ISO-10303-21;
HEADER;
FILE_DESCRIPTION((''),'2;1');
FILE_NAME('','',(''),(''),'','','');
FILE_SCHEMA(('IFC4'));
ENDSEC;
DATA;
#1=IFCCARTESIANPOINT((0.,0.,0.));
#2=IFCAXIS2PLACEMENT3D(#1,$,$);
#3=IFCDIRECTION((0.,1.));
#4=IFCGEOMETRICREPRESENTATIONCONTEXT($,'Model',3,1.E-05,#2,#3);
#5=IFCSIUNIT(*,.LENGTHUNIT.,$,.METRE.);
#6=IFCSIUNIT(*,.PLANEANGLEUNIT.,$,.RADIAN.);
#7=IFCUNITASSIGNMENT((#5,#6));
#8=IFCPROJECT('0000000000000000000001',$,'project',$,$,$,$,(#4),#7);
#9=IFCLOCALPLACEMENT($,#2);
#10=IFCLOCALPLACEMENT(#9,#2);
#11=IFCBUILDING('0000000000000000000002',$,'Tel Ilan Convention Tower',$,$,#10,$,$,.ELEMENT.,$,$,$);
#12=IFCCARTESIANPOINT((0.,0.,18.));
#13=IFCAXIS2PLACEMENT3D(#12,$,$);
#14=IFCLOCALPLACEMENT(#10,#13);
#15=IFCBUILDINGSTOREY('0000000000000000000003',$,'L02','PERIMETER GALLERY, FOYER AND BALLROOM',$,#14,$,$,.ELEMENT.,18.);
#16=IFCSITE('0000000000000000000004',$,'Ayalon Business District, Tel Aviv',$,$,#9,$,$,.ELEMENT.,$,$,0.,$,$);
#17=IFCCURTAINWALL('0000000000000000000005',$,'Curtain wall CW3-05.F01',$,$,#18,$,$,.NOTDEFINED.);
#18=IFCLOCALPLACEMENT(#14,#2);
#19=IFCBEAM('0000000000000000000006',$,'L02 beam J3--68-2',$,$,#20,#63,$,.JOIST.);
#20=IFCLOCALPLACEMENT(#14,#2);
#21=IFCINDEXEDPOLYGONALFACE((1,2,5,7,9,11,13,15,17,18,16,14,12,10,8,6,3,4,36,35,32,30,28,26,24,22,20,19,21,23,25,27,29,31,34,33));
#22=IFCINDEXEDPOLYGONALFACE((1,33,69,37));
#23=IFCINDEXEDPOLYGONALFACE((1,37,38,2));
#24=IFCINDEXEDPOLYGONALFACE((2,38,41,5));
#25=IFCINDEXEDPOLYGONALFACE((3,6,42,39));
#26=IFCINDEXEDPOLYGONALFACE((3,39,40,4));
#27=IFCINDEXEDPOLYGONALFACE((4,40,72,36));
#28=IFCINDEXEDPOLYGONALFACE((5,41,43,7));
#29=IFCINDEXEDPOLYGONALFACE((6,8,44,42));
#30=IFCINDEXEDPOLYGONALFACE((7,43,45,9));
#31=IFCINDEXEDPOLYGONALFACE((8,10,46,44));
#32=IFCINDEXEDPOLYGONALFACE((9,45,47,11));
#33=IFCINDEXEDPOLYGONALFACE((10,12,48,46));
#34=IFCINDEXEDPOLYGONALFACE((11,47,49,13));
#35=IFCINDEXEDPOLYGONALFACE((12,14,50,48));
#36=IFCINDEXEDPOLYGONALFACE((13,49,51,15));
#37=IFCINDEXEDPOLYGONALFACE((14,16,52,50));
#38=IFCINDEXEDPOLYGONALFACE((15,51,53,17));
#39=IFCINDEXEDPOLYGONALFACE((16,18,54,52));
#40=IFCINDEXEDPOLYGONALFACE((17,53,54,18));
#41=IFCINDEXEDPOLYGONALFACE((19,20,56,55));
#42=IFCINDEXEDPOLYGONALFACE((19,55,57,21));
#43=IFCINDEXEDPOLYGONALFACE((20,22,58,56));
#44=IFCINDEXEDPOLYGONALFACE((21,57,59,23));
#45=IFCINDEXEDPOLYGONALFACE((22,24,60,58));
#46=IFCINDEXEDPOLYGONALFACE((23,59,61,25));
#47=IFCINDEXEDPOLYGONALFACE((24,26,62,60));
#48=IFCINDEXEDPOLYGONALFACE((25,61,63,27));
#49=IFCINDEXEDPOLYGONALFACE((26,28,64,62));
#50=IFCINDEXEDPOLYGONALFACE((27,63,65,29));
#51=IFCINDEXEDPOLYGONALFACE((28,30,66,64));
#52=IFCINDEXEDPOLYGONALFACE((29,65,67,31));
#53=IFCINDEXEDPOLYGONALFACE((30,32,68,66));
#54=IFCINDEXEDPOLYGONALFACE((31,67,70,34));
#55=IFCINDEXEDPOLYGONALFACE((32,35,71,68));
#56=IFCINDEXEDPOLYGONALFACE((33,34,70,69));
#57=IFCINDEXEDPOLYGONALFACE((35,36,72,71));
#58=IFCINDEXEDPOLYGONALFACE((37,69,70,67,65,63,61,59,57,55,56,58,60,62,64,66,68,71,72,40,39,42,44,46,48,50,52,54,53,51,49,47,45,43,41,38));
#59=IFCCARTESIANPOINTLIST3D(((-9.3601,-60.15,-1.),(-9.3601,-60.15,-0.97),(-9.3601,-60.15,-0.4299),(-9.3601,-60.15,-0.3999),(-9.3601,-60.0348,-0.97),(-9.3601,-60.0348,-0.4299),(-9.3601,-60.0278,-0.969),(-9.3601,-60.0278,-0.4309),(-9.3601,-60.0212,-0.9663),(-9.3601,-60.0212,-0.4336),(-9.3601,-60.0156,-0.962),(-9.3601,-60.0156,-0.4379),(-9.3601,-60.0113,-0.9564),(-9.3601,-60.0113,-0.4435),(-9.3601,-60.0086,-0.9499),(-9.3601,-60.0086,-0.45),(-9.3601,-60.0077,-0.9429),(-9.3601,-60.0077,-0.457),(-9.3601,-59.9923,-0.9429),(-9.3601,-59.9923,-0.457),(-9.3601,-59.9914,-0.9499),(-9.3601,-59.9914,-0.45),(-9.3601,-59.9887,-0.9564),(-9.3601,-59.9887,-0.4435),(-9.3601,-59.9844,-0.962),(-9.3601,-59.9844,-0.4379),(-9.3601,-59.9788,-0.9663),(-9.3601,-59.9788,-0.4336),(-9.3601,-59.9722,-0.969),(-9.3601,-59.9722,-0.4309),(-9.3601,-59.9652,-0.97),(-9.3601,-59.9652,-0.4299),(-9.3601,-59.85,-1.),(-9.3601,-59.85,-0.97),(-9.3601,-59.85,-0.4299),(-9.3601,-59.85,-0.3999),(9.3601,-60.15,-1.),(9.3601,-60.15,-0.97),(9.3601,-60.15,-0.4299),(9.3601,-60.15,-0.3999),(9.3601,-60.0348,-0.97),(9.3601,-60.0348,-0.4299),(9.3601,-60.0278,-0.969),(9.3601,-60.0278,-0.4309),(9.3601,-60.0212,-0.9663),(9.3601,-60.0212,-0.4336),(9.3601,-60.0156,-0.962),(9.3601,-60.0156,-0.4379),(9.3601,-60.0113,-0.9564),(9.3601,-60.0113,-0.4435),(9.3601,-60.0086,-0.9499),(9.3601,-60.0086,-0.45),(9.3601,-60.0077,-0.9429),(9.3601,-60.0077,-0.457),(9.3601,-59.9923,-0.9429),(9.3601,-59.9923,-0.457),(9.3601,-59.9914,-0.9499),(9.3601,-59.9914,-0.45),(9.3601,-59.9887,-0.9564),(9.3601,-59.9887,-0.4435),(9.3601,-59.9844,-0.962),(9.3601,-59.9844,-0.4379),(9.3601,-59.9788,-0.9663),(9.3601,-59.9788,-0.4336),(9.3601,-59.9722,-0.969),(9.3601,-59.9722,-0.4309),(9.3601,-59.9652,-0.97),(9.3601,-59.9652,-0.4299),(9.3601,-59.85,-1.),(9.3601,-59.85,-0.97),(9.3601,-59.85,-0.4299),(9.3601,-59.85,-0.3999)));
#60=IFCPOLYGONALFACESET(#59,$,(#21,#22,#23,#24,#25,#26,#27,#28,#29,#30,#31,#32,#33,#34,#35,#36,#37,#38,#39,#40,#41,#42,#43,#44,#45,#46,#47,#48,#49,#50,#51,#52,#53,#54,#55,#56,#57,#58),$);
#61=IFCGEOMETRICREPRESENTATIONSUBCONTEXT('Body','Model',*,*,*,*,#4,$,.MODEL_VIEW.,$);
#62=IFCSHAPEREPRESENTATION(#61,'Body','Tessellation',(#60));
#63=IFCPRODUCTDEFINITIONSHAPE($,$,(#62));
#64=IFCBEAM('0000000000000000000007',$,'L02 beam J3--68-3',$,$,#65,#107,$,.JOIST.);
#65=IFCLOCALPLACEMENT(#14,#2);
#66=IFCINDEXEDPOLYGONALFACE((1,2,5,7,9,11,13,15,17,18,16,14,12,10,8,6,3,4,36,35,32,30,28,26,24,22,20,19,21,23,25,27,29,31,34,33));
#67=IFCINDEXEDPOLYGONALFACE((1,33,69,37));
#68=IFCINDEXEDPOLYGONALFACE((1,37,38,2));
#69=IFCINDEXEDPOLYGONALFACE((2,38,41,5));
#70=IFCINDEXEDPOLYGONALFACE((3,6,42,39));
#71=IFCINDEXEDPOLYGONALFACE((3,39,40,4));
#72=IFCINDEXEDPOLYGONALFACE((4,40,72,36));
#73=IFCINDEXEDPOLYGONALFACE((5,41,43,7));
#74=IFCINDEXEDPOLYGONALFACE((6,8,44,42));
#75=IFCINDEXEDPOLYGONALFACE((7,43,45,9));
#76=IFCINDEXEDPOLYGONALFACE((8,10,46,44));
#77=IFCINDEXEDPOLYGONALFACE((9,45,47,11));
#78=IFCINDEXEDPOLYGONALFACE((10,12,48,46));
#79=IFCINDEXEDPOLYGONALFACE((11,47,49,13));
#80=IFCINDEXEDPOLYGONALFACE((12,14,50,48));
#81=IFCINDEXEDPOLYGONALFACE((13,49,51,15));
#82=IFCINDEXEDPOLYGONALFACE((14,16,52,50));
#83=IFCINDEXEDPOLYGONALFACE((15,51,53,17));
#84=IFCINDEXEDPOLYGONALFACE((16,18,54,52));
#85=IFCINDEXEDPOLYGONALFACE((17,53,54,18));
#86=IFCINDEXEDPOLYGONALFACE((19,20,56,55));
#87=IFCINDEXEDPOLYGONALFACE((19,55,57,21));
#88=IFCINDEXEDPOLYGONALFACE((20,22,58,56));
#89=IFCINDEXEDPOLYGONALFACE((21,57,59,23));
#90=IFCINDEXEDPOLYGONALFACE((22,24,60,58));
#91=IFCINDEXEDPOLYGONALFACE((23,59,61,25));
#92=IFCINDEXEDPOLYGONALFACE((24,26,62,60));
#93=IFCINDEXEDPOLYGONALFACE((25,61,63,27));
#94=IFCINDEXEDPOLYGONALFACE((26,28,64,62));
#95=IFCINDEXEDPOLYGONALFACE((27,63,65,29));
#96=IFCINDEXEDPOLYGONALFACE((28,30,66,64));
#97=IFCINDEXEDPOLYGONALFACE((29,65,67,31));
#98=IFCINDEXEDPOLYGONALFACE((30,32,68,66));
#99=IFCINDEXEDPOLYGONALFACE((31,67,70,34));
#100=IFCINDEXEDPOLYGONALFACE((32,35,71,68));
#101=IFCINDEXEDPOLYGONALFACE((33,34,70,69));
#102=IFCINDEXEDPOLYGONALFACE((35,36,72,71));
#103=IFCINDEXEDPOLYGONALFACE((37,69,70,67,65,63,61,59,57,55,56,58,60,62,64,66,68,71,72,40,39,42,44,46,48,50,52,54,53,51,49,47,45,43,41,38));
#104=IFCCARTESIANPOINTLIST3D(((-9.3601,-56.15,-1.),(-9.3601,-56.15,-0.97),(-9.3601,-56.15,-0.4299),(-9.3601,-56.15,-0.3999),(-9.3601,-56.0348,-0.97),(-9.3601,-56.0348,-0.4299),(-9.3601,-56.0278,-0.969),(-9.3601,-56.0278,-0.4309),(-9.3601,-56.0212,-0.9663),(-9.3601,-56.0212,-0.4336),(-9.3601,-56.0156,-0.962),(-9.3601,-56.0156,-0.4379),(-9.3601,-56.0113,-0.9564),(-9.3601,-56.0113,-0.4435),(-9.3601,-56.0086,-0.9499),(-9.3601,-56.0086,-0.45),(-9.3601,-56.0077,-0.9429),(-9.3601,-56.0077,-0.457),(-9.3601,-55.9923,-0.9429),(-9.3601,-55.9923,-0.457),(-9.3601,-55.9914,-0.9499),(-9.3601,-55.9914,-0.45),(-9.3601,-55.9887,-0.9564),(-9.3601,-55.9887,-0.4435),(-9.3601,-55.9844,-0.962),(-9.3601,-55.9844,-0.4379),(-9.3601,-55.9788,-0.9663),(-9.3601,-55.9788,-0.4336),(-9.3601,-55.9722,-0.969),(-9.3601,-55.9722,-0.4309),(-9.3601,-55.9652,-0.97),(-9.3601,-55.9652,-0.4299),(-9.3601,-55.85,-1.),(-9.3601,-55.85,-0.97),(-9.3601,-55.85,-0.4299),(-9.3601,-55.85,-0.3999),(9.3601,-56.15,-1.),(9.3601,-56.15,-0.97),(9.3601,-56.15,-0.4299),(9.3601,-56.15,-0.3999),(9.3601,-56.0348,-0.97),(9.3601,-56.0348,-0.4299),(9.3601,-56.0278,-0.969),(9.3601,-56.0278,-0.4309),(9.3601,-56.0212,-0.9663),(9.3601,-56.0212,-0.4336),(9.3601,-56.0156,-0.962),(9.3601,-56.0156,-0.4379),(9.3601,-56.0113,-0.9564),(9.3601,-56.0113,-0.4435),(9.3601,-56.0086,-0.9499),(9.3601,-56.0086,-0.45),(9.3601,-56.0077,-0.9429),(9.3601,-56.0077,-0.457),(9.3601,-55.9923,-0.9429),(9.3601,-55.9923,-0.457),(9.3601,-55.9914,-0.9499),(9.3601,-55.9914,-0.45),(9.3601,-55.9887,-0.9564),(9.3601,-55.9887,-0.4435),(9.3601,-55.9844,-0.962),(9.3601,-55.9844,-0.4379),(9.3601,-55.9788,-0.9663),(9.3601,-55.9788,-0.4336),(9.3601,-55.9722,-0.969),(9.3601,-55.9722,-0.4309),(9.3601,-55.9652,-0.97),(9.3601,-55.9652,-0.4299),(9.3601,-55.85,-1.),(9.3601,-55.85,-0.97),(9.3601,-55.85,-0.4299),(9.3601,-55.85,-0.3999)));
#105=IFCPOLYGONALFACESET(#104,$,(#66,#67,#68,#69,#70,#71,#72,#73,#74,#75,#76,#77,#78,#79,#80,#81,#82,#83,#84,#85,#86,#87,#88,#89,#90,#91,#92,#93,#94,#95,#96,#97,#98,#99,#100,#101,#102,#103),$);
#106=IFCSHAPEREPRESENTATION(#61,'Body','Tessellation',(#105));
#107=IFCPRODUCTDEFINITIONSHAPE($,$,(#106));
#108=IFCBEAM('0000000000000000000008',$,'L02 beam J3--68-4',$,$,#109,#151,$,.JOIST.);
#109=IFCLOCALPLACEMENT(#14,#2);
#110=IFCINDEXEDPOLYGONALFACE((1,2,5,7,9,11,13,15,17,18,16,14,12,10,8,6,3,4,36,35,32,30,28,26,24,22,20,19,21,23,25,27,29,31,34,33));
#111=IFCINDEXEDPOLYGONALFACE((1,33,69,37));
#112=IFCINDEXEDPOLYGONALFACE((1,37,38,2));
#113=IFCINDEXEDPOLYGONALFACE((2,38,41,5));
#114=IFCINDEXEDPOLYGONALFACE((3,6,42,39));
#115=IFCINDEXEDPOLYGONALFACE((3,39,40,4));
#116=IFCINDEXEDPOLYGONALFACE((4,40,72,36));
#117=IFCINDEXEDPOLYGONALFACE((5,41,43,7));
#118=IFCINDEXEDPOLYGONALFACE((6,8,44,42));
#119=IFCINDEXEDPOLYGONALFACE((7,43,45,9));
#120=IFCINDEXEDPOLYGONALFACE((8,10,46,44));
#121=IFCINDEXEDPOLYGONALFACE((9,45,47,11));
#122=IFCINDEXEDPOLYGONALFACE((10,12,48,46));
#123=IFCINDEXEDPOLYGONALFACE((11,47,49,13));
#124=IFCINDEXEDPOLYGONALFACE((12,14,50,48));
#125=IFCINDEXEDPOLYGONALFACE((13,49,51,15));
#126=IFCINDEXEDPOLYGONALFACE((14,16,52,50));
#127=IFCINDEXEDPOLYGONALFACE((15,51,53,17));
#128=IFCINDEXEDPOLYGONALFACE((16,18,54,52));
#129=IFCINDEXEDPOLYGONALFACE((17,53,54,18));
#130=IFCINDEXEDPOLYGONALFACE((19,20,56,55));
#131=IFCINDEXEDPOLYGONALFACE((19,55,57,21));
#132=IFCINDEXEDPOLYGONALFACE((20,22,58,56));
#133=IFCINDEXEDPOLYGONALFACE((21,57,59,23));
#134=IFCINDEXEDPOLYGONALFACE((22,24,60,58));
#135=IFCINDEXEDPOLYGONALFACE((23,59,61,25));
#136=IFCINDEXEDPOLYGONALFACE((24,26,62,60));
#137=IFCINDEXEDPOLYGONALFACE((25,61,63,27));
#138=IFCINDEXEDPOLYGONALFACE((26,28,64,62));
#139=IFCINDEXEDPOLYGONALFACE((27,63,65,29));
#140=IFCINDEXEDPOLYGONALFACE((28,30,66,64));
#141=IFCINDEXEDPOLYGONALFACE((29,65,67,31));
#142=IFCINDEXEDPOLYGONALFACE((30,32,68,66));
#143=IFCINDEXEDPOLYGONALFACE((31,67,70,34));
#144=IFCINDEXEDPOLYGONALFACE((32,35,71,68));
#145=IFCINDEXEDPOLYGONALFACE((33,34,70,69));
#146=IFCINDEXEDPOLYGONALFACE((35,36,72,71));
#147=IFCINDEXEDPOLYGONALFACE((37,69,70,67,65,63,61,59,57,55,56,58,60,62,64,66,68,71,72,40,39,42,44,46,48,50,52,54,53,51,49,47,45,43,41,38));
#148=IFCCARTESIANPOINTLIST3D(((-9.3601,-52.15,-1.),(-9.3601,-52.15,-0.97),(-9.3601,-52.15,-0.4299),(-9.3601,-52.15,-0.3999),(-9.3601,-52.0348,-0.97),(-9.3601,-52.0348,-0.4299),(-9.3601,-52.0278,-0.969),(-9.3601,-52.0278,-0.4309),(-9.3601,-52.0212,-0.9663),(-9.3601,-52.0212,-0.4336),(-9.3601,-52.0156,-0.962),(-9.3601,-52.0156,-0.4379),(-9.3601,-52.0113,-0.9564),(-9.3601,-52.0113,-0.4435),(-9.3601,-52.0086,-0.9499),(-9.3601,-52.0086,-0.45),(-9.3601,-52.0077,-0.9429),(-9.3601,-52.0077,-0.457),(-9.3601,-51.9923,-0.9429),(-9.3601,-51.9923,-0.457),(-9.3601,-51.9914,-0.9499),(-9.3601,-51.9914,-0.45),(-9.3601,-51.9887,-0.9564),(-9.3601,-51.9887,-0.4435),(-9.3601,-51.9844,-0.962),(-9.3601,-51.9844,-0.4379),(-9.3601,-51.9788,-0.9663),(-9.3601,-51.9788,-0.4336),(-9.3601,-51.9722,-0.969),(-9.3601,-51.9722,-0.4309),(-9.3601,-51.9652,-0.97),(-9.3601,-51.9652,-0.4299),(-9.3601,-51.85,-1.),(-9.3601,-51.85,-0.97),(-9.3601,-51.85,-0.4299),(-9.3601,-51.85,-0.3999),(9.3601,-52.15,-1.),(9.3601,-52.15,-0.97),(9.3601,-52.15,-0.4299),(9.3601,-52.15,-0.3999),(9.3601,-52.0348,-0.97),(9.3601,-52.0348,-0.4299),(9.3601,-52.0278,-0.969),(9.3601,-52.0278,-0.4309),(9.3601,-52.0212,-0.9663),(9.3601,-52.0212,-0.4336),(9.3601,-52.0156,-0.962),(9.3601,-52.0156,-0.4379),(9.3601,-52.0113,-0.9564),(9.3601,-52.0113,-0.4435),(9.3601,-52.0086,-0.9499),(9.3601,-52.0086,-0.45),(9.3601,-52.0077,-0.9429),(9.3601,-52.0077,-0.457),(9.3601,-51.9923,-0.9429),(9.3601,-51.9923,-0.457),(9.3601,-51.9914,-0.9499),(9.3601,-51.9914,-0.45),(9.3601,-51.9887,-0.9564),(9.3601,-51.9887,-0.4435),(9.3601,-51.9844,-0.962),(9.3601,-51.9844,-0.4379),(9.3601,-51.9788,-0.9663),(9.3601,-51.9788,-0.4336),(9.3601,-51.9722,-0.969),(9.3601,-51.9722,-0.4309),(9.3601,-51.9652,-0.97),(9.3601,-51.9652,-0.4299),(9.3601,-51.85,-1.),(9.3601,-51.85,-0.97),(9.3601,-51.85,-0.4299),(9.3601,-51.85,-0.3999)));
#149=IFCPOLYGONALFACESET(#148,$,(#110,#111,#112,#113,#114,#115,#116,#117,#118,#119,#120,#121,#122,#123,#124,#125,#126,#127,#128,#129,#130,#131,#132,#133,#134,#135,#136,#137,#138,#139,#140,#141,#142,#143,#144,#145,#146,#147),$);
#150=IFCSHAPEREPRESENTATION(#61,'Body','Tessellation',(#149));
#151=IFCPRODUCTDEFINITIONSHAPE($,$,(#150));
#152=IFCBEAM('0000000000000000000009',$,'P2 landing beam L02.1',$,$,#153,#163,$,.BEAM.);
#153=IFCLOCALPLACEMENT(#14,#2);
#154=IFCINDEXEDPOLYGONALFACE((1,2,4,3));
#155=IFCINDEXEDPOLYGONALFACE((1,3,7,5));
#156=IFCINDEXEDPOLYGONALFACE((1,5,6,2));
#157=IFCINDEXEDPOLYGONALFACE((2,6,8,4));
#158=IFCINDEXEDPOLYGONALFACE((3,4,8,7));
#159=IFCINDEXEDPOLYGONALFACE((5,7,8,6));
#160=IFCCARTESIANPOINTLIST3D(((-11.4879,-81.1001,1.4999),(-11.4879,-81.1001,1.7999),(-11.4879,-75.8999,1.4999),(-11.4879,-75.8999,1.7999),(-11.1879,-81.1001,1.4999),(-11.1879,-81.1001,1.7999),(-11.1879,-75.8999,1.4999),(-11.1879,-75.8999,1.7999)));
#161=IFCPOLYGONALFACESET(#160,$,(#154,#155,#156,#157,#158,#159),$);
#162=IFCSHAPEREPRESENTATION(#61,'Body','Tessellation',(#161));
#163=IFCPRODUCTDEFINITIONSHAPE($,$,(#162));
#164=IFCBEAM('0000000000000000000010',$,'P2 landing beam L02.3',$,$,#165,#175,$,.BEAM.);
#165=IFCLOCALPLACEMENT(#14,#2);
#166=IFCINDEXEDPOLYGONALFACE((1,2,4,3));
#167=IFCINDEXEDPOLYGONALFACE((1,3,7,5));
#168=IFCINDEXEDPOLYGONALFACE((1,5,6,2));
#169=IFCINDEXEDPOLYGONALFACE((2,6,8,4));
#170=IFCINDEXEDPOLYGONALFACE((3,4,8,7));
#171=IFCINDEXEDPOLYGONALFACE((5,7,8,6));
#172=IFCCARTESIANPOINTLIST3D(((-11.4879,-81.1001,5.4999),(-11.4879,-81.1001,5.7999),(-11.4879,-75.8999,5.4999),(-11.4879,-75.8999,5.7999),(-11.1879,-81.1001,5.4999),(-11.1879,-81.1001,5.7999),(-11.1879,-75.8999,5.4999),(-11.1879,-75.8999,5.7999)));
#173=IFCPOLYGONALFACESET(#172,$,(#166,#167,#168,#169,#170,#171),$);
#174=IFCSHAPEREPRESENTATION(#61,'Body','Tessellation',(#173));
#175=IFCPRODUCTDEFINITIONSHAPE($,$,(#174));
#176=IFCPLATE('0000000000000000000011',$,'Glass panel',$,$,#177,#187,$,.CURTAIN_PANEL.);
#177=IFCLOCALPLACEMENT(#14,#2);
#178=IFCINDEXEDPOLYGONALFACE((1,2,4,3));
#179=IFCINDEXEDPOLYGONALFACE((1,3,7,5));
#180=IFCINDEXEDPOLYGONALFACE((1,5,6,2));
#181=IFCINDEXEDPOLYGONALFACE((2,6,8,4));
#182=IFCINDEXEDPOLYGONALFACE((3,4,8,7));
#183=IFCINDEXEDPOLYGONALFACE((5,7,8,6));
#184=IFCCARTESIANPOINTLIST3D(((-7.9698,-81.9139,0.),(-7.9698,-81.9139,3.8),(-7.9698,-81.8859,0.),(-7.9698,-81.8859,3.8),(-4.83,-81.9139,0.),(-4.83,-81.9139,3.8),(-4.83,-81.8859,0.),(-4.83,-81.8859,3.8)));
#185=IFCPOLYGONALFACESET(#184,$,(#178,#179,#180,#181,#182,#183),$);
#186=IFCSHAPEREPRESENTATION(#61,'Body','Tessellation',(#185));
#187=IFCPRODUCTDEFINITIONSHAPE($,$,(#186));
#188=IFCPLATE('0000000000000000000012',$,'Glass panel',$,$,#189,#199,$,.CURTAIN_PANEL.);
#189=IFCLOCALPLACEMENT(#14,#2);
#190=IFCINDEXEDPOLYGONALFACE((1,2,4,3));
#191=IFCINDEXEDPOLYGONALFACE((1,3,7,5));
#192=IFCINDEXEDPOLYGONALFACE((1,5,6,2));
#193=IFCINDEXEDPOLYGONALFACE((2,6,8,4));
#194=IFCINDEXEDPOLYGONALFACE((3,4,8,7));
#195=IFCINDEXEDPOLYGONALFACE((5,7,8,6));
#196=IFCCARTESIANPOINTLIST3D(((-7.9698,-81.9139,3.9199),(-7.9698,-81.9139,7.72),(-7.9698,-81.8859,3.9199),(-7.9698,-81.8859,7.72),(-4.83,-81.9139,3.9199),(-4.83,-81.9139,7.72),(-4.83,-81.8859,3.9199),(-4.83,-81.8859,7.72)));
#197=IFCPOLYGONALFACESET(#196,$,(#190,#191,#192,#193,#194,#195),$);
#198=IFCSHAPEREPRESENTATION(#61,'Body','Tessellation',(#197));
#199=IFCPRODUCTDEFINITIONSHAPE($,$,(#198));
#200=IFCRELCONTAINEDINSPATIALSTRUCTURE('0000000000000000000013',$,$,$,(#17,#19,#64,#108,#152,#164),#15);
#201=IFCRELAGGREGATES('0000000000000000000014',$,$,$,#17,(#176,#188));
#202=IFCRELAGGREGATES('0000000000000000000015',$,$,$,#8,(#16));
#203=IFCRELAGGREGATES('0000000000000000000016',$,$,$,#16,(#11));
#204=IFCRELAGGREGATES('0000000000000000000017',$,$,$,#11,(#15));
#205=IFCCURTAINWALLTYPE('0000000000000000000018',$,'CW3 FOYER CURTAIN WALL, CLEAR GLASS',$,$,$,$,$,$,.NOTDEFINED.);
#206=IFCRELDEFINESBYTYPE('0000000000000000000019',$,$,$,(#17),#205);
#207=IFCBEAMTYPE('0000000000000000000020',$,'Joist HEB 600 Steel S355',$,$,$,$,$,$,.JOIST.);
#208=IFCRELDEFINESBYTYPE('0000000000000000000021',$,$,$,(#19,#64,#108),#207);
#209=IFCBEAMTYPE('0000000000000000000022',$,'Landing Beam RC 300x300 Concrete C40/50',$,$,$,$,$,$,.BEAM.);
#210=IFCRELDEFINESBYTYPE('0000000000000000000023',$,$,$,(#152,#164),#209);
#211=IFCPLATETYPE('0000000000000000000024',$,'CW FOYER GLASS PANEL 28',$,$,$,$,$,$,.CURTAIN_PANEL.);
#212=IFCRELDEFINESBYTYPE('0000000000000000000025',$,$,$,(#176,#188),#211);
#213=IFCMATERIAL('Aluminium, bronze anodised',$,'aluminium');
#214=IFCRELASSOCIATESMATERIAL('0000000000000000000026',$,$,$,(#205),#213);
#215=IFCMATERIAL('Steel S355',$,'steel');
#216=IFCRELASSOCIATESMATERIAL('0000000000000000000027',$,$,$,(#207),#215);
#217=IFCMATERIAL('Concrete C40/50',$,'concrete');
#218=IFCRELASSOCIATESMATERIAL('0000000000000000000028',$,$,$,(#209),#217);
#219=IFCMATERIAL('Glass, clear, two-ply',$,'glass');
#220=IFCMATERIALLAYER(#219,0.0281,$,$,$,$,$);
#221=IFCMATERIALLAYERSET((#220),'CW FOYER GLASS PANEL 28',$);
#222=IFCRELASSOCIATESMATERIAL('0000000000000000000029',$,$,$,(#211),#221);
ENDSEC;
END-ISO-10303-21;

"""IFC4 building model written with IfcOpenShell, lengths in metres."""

from ifc_helpers import new_model, si_unit, direction, frame, origin, origin_2d, place, context, subcontext, project, spatial, rectangle, i_section, extrude, material, layer, layer_set, material_profile, profile_set, type_object, element, aggregate, save


model = new_model("IFC4")

# Units and contexts
model_context = context("Model", 3, precision=1e-05, world=origin(), true_north=direction((0.0, 1.0)))
body_context = subcontext(model_context, "Body", "Model", "MODEL_VIEW")
ifc_project = project(units=[si_unit("LENGTHUNIT", "METRE"), si_unit("PLANEANGLEUNIT", "RADIAN")], contexts=[model_context])

# Site, building, storey
site_placement = place(None, origin())
site = spatial("IfcSite", under=ifc_project, at=site_placement, Name="Ayalon Business District, Tel Aviv", CompositionType="ELEMENT", RefElevation=0.0)
building_placement = place(site_placement, origin())
building = spatial("IfcBuilding", under=site, at=building_placement, Name="Tel Ilan Convention Tower", CompositionType="ELEMENT")
storey_placement = place(building_placement, frame((0.0, 0.0, 18.0)))
storey = spatial("IfcBuildingStorey", under=building, at=storey_placement, Name="L02", Description="PERIMETER GALLERY, FOYER AND BALLROOM", CompositionType="ELEMENT", Elevation=18.0)

# Curtain wall
ifc_material_1 = material(Name="Aluminium, bronze anodised", Category="aluminium")
curtain_wall_type = type_object("IfcCurtainWallType", Name="CW3 FOYER CURTAIN WALL, CLEAR GLASS", PredefinedType="NOTDEFINED", material=ifc_material_1)
curtain_wall_placement = place(storey_placement, origin())
curtain_wall = element("IfcCurtainWall", 1, at=curtain_wall_placement, inside=storey, type_object=curtain_wall_type, Name="Curtain wall CW3-05.F01", PredefinedType="NOTDEFINED")

# Beams
ifc_material_2 = material(Name="Steel S355", Category="steel")
ifc_material_profile_1 = material_profile(ifc_material_2, i_section(OverallWidth=0.3, OverallDepth=0.6001, WebThickness=0.0154, FlangeThickness=0.03, FilletRadius=0.0271, at=origin_2d()), Name="HEB 600")
ifc_profile_set_1 = profile_set([ifc_material_profile_1], Name="Steel S355")
beam_type_1 = type_object("IfcBeamType", Name="Joist HEB 600 Steel S355", PredefinedType="JOIST", material=ifc_profile_set_1)
for number, where, z_axis, x_axis, name in (
    (2, (-9.3601, -60.0, -0.7), (1.0, 0.0, 0.0), (0.0, 1.0, 0.0), "L02 beam J3--68-2"),
    (3, (-9.3601, -56.0, -0.7), (1.0, 0.0, 0.0), (0.0, 1.0, 0.0), "L02 beam J3--68-3"),
    (4, (-9.3601, -52.0, -0.7), (1.0, 0.0, 0.0), (0.0, 1.0, 0.0), "L02 beam J3--68-4"),
):
    element("IfcBeam", number, at=place(storey_placement, frame(where, z_axis=z_axis, x_axis=x_axis)), inside=storey, type_object=beam_type_1, Name=name, PredefinedType="JOIST", context=body_context, shape_type="SweptSolid", body=[
        extrude(i_section(OverallWidth=0.3, OverallDepth=0.6001, WebThickness=0.0154, FlangeThickness=0.03, FilletRadius=0.0271, at=origin_2d()), origin(), (0.0, 0.0, 1.0), 18.7202),
    ])
ifc_material_3 = material(Name="Concrete C40/50", Category="concrete")
ifc_material_profile_2 = material_profile(ifc_material_3, rectangle(XDim=0.3, YDim=0.3, at=origin_2d()), Name="RC 300x300")
ifc_profile_set_2 = profile_set([ifc_material_profile_2], Name="Concrete C40/50")
beam_type_2 = type_object("IfcBeamType", Name="Landing Beam RC 300x300 Concrete C40/50", PredefinedType="BEAM", material=ifc_profile_set_2)
for number, where, z_axis, x_axis, name in (
    (5, (-11.3379, -81.1001, 1.6499), (0.0, 1.0, 0.0), (-1.0, 0.0, 0.0), "P2 landing beam L02.1"),
    (6, (-11.3379, -81.1001, 5.6499), (0.0, 1.0, 0.0), (-1.0, 0.0, 0.0), "P2 landing beam L02.3"),
):
    element("IfcBeam", number, at=place(storey_placement, frame(where, z_axis=z_axis, x_axis=x_axis)), inside=storey, type_object=beam_type_2, Name=name, PredefinedType="BEAM", context=body_context, shape_type="SweptSolid", body=[
        extrude(rectangle(XDim=0.3, YDim=0.3, at=origin_2d()), origin(), (0.0, 0.0, 1.0), 5.2002),
    ])

# Plates
ifc_material_4 = material(Name="Glass, clear, two-ply", Category="glass")
ifc_layer_1 = layer(ifc_material_4, 0.0281)
ifc_layer_set_1 = layer_set([ifc_layer_1], Name="CW FOYER GLASS PANEL 28")
plate_type = type_object("IfcPlateType", Name="CW FOYER GLASS PANEL 28", PredefinedType="CURTAIN_PANEL", material=ifc_layer_set_1)
plate_1_placement = place(storey_placement, frame((-6.3999, -81.8999, 0.0), z_axis=(0.0, 0.0, 1.0), x_axis=(1.0, 0.0, 0.0)))
plate_1 = element("IfcPlate", 7, at=plate_1_placement, type_object=plate_type, Name="Glass panel", PredefinedType="CURTAIN_PANEL", context=body_context, shape_type="SweptSolid", body=[
    extrude(rectangle(XDim=3.1399, YDim=0.0281, at=origin_2d()), origin(), (0.0, 0.0, 1.0), 3.8),
])
plate_2_placement = place(storey_placement, frame((-6.3999, -81.8999, 3.9199), z_axis=(0.0, 0.0, 1.0), x_axis=(1.0, 0.0, 0.0)))
plate_2 = element("IfcPlate", 8, at=plate_2_placement, type_object=plate_type, Name="Glass panel", PredefinedType="CURTAIN_PANEL", context=body_context, shape_type="SweptSolid", body=[
    extrude(rectangle(XDim=3.1399, YDim=0.0281, at=origin_2d()), origin(), (0.0, 0.0, 1.0), 3.8),
])
aggregate(curtain_wall, [plate_1, plate_2])

save(model, "model.ifc")
